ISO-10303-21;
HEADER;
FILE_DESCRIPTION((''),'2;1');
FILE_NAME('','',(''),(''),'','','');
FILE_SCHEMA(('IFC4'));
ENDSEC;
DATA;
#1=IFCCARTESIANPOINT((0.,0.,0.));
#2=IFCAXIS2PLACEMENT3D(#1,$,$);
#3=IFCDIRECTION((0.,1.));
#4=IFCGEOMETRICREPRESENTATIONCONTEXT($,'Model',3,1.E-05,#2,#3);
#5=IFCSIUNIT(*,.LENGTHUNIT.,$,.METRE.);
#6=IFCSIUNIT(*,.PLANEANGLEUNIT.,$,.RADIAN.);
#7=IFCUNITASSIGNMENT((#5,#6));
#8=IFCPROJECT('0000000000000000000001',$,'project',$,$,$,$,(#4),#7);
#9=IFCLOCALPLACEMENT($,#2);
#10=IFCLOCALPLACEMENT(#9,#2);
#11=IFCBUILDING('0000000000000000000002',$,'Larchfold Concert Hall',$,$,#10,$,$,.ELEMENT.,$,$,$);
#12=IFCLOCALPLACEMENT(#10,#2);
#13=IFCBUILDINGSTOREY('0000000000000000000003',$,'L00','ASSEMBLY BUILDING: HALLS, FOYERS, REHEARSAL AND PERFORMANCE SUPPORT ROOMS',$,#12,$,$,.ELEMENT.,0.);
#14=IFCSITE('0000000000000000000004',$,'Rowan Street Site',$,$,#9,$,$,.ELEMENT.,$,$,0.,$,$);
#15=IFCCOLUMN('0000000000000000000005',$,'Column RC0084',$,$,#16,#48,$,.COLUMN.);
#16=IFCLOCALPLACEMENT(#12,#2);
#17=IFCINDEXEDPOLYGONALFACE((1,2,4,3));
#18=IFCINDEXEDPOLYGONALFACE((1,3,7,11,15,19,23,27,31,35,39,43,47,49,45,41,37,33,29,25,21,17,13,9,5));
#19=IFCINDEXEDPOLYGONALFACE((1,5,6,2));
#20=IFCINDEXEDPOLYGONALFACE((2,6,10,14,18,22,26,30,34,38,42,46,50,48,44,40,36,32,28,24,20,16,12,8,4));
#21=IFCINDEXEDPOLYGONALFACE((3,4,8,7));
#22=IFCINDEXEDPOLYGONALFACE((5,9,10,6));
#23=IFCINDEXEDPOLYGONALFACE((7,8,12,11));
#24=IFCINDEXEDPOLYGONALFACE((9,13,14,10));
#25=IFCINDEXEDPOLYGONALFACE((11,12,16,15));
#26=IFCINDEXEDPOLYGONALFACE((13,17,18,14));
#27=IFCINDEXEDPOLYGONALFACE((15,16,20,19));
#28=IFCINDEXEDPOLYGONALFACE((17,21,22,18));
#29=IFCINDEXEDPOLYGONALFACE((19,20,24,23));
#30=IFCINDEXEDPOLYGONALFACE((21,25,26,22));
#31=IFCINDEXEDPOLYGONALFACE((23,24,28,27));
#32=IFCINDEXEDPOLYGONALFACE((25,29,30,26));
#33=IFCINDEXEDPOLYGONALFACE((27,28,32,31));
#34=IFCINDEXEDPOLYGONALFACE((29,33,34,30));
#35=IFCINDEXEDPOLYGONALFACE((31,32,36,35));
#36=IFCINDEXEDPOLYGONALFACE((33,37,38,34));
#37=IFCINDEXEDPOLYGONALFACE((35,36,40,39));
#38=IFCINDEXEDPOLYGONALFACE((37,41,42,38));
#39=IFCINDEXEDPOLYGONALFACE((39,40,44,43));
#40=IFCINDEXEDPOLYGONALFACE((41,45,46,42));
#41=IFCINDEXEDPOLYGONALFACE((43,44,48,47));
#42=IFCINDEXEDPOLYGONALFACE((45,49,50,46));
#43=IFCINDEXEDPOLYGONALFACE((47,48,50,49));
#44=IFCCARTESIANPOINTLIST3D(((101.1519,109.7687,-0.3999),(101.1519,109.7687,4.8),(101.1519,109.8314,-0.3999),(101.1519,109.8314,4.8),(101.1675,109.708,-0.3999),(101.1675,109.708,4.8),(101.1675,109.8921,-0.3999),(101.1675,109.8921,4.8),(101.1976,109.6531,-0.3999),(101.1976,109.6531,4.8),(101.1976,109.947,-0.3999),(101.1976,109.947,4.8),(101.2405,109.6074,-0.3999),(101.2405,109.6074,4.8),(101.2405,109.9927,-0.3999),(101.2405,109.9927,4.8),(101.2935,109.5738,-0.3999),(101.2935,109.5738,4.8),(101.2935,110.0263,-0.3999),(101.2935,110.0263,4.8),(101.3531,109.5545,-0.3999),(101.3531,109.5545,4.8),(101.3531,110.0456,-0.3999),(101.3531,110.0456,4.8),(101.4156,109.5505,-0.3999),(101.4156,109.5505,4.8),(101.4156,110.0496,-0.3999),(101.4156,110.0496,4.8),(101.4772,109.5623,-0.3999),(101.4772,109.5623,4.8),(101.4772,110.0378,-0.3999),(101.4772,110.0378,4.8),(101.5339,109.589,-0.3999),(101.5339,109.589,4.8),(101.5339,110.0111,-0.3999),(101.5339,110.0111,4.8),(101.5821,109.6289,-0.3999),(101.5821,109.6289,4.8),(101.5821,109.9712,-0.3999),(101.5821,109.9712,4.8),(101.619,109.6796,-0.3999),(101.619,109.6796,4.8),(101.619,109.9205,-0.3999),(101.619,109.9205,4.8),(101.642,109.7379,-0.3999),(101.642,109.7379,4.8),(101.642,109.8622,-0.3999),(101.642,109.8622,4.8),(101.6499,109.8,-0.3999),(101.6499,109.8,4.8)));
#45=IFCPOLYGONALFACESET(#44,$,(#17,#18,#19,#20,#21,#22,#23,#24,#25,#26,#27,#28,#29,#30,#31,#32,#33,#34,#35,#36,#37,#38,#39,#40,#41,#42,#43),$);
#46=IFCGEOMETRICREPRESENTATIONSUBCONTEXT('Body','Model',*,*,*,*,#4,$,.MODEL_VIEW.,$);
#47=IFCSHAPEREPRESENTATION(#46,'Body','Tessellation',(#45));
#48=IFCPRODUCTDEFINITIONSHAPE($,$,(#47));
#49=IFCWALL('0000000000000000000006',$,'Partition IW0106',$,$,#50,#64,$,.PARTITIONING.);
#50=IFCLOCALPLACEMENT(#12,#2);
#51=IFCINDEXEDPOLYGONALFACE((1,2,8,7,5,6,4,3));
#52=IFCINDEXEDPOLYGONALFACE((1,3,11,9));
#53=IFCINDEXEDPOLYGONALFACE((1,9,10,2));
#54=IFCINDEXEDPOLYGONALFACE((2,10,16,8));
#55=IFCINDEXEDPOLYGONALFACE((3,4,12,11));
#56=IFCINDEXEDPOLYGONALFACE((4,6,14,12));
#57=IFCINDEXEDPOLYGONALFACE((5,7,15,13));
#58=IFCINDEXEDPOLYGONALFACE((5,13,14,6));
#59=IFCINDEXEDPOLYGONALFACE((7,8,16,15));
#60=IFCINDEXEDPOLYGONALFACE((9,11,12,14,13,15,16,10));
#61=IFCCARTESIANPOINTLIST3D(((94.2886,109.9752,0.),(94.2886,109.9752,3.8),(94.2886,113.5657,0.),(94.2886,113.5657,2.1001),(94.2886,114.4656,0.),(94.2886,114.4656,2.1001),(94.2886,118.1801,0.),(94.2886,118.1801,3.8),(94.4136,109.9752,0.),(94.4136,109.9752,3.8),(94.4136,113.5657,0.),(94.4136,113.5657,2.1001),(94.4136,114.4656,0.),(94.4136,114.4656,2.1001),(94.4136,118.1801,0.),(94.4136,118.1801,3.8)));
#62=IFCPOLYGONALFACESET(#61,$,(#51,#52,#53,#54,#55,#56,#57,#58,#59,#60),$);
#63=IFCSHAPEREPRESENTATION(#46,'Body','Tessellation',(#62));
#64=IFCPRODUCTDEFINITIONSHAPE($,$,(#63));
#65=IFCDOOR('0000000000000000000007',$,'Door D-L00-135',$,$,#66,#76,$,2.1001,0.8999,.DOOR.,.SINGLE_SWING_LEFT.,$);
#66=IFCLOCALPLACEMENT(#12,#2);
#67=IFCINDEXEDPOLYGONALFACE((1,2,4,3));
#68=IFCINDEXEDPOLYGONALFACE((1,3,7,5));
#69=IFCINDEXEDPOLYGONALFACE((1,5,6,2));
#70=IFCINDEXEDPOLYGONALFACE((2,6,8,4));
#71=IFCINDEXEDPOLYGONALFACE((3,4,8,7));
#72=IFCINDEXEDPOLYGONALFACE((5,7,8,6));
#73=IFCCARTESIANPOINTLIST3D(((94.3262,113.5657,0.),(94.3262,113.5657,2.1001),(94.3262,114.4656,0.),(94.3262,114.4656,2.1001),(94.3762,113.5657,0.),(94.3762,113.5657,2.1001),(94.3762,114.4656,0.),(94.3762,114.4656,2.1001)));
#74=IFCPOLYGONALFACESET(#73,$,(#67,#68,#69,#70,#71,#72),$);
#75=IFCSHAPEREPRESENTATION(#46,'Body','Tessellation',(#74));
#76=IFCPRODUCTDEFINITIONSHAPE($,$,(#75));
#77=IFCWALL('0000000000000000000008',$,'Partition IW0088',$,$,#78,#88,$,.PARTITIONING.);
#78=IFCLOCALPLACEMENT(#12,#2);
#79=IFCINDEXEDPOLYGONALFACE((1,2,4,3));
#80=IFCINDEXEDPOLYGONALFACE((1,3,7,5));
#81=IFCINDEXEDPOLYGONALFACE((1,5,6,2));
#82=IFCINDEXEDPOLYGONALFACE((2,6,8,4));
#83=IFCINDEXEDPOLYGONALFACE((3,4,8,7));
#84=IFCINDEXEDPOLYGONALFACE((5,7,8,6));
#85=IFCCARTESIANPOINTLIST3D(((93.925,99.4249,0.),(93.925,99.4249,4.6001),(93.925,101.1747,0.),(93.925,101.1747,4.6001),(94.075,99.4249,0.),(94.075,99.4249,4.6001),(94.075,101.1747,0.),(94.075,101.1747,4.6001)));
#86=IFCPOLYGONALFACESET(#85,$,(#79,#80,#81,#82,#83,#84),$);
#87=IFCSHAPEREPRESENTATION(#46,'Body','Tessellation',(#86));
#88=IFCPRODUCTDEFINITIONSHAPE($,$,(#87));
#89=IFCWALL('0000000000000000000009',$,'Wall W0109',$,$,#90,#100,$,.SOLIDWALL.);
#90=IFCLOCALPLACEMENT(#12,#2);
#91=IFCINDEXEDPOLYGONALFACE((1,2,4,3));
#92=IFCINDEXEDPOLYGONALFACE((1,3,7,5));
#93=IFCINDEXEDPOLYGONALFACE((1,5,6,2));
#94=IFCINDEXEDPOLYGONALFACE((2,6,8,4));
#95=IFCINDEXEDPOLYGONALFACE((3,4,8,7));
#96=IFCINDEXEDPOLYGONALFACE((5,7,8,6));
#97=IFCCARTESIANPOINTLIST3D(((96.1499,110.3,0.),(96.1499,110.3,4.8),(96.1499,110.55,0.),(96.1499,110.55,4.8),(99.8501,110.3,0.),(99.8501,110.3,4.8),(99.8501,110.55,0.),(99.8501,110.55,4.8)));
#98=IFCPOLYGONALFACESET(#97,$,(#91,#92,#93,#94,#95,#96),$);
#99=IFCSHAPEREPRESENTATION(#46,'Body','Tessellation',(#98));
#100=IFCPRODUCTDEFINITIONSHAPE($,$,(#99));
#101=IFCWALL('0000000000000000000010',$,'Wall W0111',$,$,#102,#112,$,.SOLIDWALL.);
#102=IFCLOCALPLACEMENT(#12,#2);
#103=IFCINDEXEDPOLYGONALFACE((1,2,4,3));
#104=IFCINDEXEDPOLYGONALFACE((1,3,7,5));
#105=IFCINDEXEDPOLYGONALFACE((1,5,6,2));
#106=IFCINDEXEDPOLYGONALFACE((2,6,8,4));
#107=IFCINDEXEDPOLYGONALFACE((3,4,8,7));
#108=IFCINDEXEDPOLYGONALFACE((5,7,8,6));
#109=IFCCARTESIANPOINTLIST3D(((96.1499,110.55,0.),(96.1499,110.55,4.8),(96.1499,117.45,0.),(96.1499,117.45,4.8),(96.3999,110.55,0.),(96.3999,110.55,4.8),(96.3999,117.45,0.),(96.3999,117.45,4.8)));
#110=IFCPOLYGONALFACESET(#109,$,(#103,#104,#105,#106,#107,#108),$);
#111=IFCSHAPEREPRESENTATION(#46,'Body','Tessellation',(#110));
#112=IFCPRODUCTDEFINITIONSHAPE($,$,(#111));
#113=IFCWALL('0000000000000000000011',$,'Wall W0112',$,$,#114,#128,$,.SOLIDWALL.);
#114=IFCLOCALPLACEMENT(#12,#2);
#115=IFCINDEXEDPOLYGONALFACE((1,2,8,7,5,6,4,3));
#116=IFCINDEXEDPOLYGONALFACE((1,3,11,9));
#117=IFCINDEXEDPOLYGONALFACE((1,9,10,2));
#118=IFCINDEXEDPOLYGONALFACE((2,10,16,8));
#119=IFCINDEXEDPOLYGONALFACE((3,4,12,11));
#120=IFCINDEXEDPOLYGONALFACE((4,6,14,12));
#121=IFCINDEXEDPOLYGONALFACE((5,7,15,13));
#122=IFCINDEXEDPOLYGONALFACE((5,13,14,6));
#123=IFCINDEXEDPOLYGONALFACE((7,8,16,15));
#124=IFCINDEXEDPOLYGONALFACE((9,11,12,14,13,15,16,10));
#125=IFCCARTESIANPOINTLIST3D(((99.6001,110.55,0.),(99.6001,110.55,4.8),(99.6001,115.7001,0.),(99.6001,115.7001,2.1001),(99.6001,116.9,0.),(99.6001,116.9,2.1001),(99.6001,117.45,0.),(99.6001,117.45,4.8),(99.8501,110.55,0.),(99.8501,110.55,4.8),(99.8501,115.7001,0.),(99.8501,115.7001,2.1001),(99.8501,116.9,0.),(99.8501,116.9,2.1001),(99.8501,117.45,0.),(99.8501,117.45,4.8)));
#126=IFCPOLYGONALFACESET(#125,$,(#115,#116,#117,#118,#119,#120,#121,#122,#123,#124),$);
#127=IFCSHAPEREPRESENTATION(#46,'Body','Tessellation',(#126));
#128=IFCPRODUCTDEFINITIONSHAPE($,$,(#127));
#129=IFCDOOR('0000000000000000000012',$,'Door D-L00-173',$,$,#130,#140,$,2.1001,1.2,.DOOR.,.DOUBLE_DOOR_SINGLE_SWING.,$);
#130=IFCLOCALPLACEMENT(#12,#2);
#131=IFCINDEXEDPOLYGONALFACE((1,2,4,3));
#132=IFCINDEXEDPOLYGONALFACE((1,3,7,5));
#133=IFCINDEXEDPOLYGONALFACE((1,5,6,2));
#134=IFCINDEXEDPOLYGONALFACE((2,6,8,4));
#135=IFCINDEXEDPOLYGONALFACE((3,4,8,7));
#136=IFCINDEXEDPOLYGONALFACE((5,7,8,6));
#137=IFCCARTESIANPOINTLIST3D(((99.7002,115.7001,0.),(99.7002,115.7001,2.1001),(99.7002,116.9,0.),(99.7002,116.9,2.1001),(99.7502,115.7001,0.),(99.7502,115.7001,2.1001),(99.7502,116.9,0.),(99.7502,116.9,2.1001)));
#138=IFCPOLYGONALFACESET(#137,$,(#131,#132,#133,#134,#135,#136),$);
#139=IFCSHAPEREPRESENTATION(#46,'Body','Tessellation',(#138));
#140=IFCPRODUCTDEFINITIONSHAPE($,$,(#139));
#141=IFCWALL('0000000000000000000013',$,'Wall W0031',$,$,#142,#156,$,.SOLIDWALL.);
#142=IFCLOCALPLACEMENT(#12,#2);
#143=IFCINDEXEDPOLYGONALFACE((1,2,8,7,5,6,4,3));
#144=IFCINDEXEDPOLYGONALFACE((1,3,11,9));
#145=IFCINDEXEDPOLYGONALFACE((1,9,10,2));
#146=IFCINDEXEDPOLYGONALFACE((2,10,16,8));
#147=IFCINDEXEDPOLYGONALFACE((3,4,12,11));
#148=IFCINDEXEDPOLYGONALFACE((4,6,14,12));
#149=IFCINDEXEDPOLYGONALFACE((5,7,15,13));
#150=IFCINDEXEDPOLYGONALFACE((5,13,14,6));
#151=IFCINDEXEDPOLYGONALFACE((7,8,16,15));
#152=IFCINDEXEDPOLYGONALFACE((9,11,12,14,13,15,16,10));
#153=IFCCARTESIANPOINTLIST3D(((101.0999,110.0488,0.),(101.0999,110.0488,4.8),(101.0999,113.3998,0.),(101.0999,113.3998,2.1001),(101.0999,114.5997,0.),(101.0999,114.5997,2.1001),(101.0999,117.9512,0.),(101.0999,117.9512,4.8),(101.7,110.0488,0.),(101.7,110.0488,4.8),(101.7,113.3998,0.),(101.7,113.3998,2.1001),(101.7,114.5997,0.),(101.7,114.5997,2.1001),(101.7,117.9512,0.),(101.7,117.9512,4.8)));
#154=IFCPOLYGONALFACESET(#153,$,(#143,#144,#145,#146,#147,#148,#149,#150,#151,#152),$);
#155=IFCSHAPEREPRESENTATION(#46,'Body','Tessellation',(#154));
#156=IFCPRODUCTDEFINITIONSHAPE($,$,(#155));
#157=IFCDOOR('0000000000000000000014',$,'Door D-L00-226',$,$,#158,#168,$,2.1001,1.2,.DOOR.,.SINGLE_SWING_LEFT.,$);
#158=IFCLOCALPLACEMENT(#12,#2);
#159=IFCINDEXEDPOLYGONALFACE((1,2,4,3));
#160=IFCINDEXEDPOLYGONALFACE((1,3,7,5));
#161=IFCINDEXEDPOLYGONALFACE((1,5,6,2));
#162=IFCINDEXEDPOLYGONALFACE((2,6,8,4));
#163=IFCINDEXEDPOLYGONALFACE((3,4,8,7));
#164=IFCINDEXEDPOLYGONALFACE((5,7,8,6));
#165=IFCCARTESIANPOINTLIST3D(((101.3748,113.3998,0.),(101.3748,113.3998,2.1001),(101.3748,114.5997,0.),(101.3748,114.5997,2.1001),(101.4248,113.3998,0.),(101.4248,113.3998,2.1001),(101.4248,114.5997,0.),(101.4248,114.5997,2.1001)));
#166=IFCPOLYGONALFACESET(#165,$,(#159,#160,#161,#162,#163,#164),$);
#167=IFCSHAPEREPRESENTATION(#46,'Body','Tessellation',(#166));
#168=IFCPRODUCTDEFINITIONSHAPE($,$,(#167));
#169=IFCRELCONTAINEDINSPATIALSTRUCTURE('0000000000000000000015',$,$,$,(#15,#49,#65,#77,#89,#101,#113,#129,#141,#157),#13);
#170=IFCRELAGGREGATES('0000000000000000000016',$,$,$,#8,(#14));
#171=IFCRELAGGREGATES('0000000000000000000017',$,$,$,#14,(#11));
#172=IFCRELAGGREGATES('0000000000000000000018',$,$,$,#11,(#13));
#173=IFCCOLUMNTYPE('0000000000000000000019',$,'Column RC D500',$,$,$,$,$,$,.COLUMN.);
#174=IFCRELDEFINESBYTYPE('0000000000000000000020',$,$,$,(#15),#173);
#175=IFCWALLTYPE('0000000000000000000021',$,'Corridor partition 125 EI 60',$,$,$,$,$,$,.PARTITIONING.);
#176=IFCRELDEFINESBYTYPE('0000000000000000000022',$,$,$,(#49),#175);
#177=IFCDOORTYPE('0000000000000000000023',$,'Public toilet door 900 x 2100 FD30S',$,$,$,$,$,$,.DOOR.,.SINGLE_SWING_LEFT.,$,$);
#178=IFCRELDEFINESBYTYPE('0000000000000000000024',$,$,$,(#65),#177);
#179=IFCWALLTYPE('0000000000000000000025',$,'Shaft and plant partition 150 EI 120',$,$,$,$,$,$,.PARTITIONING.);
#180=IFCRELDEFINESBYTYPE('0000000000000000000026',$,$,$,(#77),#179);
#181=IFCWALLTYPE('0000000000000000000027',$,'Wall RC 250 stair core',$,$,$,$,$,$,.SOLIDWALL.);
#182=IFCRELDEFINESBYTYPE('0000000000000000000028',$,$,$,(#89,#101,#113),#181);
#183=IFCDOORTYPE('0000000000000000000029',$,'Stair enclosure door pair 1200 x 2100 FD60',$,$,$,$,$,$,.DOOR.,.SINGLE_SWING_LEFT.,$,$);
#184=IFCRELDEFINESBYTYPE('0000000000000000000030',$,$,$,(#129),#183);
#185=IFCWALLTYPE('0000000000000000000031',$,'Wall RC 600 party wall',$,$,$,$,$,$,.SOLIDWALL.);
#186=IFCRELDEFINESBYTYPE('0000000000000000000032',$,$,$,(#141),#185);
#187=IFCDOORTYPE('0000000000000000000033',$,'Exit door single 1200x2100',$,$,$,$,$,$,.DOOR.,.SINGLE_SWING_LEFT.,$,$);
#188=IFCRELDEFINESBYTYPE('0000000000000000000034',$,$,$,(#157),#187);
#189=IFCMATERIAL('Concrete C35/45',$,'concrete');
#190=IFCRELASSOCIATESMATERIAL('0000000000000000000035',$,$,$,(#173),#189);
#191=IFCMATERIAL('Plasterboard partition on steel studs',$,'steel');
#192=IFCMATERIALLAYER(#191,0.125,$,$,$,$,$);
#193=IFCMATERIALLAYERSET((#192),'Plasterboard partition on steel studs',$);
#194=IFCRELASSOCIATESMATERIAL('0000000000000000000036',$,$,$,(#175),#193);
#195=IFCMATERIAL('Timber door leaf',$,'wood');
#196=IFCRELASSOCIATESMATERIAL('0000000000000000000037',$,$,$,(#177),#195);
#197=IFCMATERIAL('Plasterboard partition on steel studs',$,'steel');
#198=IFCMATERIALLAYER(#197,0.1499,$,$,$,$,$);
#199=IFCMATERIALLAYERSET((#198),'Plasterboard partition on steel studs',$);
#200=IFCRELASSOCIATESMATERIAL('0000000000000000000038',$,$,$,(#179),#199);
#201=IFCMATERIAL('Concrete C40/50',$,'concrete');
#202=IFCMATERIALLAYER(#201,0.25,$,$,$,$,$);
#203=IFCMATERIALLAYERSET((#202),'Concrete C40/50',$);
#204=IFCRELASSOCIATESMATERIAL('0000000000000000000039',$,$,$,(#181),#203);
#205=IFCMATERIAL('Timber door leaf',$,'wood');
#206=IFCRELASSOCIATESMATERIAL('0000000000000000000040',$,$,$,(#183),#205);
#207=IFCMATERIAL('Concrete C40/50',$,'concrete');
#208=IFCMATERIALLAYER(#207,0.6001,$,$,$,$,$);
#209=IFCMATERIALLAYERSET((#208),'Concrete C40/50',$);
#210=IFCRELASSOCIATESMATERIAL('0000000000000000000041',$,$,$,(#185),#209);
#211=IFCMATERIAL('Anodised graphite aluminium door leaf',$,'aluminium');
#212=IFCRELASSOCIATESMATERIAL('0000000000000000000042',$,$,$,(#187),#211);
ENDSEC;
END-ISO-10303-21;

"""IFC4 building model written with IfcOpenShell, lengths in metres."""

from ifc_helpers import new_model, si_unit, direction, frame, frame_2d, origin, origin_2d, place, context, subcontext, project, spatial, rectangle, circle, extrude, material, layer, layer_set, material_profile, profile_set, type_object, element, fill, save


model = new_model("IFC4")

# Units and contexts
model_context = context("Model", 3, precision=1e-05, world=origin(), true_north=direction((0.0, 1.0)))
body_context = subcontext(model_context, "Body", "Model", "MODEL_VIEW")
ifc_project = project(units=[si_unit("LENGTHUNIT", "METRE"), si_unit("PLANEANGLEUNIT", "RADIAN")], contexts=[model_context])

# Site, building, storey
site_placement = place(None, origin())
site = spatial("IfcSite", under=ifc_project, at=site_placement, Name="Rowan Street Site", CompositionType="ELEMENT", RefElevation=0.0)
building_placement = place(site_placement, origin())
building = spatial("IfcBuilding", under=site, at=building_placement, Name="Larchfold Concert Hall", CompositionType="ELEMENT")
storey_placement = place(building_placement, origin())
storey = spatial("IfcBuildingStorey", under=building, at=storey_placement, Name="L00", Description="ASSEMBLY BUILDING: HALLS, FOYERS, REHEARSAL AND PERFORMANCE SUPPORT ROOMS", CompositionType="ELEMENT", Elevation=0.0)

# Column
ifc_material_1 = material(Name="Concrete C35/45", Category="concrete")
ifc_material_profile_1 = material_profile(ifc_material_1, circle(Radius=0.25, at=origin_2d()))
ifc_profile_set_1 = profile_set([ifc_material_profile_1], Name="Concrete C35/45")
column_type_1 = type_object("IfcColumnType", Name="Column RC D500", PredefinedType="COLUMN", material=ifc_profile_set_1)
column_1_placement = place(storey_placement, frame((101.3999, 109.8, -0.3999), z_axis=(0.0, 0.0, 1.0), x_axis=(1.0, 0.0, 0.0)))
element("IfcColumn", 1, at=column_1_placement, inside=storey, type_object=column_type_1, Name="Column RC0084", PredefinedType="COLUMN", context=body_context, shape_type="SweptSolid", body=[
    extrude(circle(Radius=0.25, at=origin_2d()), origin(), (0.0, 0.0, 1.0), 5.2),
])

# Wall, opening, door
ifc_material_2 = material(Name="Plasterboard partition on steel studs", Category="steel")
ifc_layer_1 = layer(ifc_material_2, 0.125)
ifc_layer_set_1 = layer_set([ifc_layer_1], Name="Plasterboard partition on steel studs")
wall_type_1 = type_object("IfcWallType", Name="Corridor partition 125 EI 60", PredefinedType="PARTITIONING", material=ifc_layer_set_1)
wall_1_placement = place(storey_placement, frame((94.3511, 109.9751, 0.0), z_axis=(0.0, 0.0, 1.0), x_axis=(0.0, 1.0, 0.0)))
wall_1 = element("IfcWall", 2, at=wall_1_placement, inside=storey, type_object=wall_type_1, Name="Partition IW0106", PredefinedType="PARTITIONING", context=body_context, shape_type="SweptSolid", body=[
    extrude(rectangle(XDim=8.2048, YDim=0.125, at=frame_2d((4.1025, 0.0))), origin(), (0.0, 0.0, 1.0), 3.8),
])
opening_1_placement = place(wall_1_placement, frame((3.5906, 0.0, 0.0)))
opening_1 = element("IfcOpeningElement", 3, at=opening_1_placement, cuts=wall_1, PredefinedType="OPENING", context=body_context, shape_type="SweptSolid", body=[
    extrude(rectangle(XDim=0.8999, YDim=2.1001, at=frame_2d((0.45, 1.05))), frame((0.0, 0.0725, 0.0), z_axis=(0.0, -1.0, 0.0), x_axis=(1.0, 0.0, 0.0)), (0.0, 0.0, 1.0), 0.145),
])
ifc_material_3 = material(Name="Timber door leaf", Category="wood")
door_type_1 = type_object("IfcDoorType", Name="Public toilet door 900 x 2100 FD30S", OperationType="SINGLE_SWING_LEFT", PredefinedType="DOOR", material=ifc_material_3)
door_1_placement = place(opening_1_placement, origin())
door_1 = element("IfcDoor", 4, at=door_1_placement, inside=storey, type_object=door_type_1, Name="Door D-L00-135", OperationType="SINGLE_SWING_LEFT", OverallHeight=2.1001, OverallWidth=0.8999, PredefinedType="DOOR", context=body_context, shape_type="SweptSolid", body=[
    extrude(rectangle(XDim=0.8999, YDim=2.1001, at=frame_2d((0.45, 1.05))), frame((0.0, 0.0249, 0.0), z_axis=(0.0, -1.0, 0.0), x_axis=(1.0, 0.0, 0.0)), (0.0, 0.0, 1.0), 0.05),
])
fill(opening_1, door_1)

# Walls
ifc_material_4 = material(Name="Plasterboard partition on steel studs", Category="steel")
ifc_layer_2 = layer(ifc_material_4, 0.1499)
ifc_layer_set_2 = layer_set([ifc_layer_2], Name="Plasterboard partition on steel studs")
wall_type_2 = type_object("IfcWallType", Name="Shaft and plant partition 150 EI 120", PredefinedType="PARTITIONING", material=ifc_layer_set_2)
wall_2_placement = place(storey_placement, frame((94.0, 101.1748, 0.0), z_axis=(0.0, 0.0, 1.0), x_axis=(0.0, -1.0, 0.0)))
element("IfcWall", 5, at=wall_2_placement, inside=storey, type_object=wall_type_2, Name="Partition IW0088", PredefinedType="PARTITIONING", context=body_context, shape_type="SweptSolid", body=[
    extrude(rectangle(XDim=1.7498, YDim=0.1499, at=frame_2d((0.875, 0.0))), origin(), (0.0, 0.0, 1.0), 4.6001),
])
ifc_material_5 = material(Name="Concrete C40/50", Category="concrete")
ifc_layer_3 = layer(ifc_material_5, 0.25)
ifc_layer_set_3 = layer_set([ifc_layer_3], Name="Concrete C40/50")
wall_type_3 = type_object("IfcWallType", Name="Wall RC 250 stair core", PredefinedType="SOLIDWALL", material=ifc_layer_set_3)
wall_3_placement = place(storey_placement, frame((96.1499, 110.425, 0.0), z_axis=(0.0, 0.0, 1.0), x_axis=(1.0, 0.0, 0.0)))
element("IfcWall", 6, at=wall_3_placement, inside=storey, type_object=wall_type_3, Name="Wall W0109", PredefinedType="SOLIDWALL", context=body_context, shape_type="SweptSolid", body=[
    extrude(rectangle(XDim=3.7002, YDim=0.25, at=frame_2d((1.8501, 0.0))), origin(), (0.0, 0.0, 1.0), 4.8),
])
wall_4_placement = place(storey_placement, frame((96.2749, 110.55, 0.0), z_axis=(0.0, 0.0, 1.0), x_axis=(0.0, 1.0, 0.0)))
element("IfcWall", 7, at=wall_4_placement, inside=storey, type_object=wall_type_3, Name="Wall W0111", PredefinedType="SOLIDWALL", context=body_context, shape_type="SweptSolid", body=[
    extrude(rectangle(XDim=6.8999, YDim=0.25, at=frame_2d((3.45, 0.0))), origin(), (0.0, 0.0, 1.0), 4.8),
])

# Walls, openings, doors
wall_5_placement = place(storey_placement, frame((99.7251, 110.55, 0.0), z_axis=(0.0, 0.0, 1.0), x_axis=(0.0, 1.0, 0.0)))
wall_5 = element("IfcWall", 8, at=wall_5_placement, inside=storey, type_object=wall_type_3, Name="Wall W0112", PredefinedType="SOLIDWALL", context=body_context, shape_type="SweptSolid", body=[
    extrude(rectangle(XDim=6.8999, YDim=0.25, at=frame_2d((3.45, 0.0))), origin(), (0.0, 0.0, 1.0), 4.8),
])
opening_2_placement = place(wall_5_placement, frame((5.1499, 0.0, 0.0)))
opening_2 = element("IfcOpeningElement", 9, at=opening_2_placement, cuts=wall_5, PredefinedType="OPENING", context=body_context, shape_type="SweptSolid", body=[
    extrude(rectangle(XDim=1.2, YDim=2.1001, at=frame_2d((0.6001, 1.05))), frame((0.0, 0.135, 0.0), z_axis=(0.0, -1.0, 0.0), x_axis=(1.0, 0.0, 0.0)), (0.0, 0.0, 1.0), 0.27),
])
ifc_material_6 = material(Name="Timber door leaf", Category="wood")
door_type_2 = type_object("IfcDoorType", Name="Stair enclosure door pair 1200 x 2100 FD60", OperationType="SINGLE_SWING_LEFT", PredefinedType="DOOR", material=ifc_material_6)
door_2_placement = place(opening_2_placement, origin())
door_2 = element("IfcDoor", 10, at=door_2_placement, inside=storey, type_object=door_type_2, Name="Door D-L00-173", OperationType="DOUBLE_DOOR_SINGLE_SWING", OverallHeight=2.1001, OverallWidth=1.2, PredefinedType="DOOR", context=body_context, shape_type="SweptSolid", body=[
    extrude(rectangle(XDim=1.2, YDim=2.1001, at=frame_2d((0.6001, 1.05))), frame((0.0, 0.0249, 0.0), z_axis=(0.0, -1.0, 0.0), x_axis=(1.0, 0.0, 0.0)), (0.0, 0.0, 1.0), 0.05),
])
fill(opening_2, door_2)
ifc_material_7 = material(Name="Concrete C40/50", Category="concrete")
ifc_layer_4 = layer(ifc_material_7, 0.6001)
ifc_layer_set_4 = layer_set([ifc_layer_4], Name="Concrete C40/50")
wall_type_4 = type_object("IfcWallType", Name="Wall RC 600 party wall", PredefinedType="SOLIDWALL", material=ifc_layer_set_4)
wall_6_placement = place(storey_placement, frame((101.3999, 110.0488, 0.0), z_axis=(0.0, 0.0, 1.0), x_axis=(0.0, 1.0, 0.0)))
wall_6 = element("IfcWall", 11, at=wall_6_placement, inside=storey, type_object=wall_type_4, Name="Wall W0031", PredefinedType="SOLIDWALL", context=body_context, shape_type="SweptSolid", body=[
    extrude(rectangle(XDim=7.9023, YDim=0.6001, at=frame_2d((3.9512, 0.0))), origin(), (0.0, 0.0, 1.0), 4.8),
])
opening_3_placement = place(wall_6_placement, frame((4.551, 0.0, 0.0), z_axis=(0.0, 0.0, 1.0), x_axis=(-1.0, 0.0, 0.0)))
opening_3 = element("IfcOpeningElement", 12, at=opening_3_placement, cuts=wall_6, PredefinedType="OPENING", context=body_context, shape_type="SweptSolid", body=[
    extrude(rectangle(XDim=1.2, YDim=2.1001, at=frame_2d((0.6001, 1.05))), frame((0.0, 0.3101, 0.0), z_axis=(0.0, -1.0, 0.0), x_axis=(1.0, 0.0, 0.0)), (0.0, 0.0, 1.0), 0.6201),
])
ifc_material_8 = material(Name="Anodised graphite aluminium door leaf", Category="aluminium")
door_type_3 = type_object("IfcDoorType", Name="Exit door single 1200x2100", OperationType="SINGLE_SWING_LEFT", PredefinedType="DOOR", material=ifc_material_8)
door_3_placement = place(opening_3_placement, origin())
door_3 = element("IfcDoor", 13, at=door_3_placement, inside=storey, type_object=door_type_3, Name="Door D-L00-226", OperationType="SINGLE_SWING_LEFT", OverallHeight=2.1001, OverallWidth=1.2, PredefinedType="DOOR", context=body_context, shape_type="SweptSolid", body=[
    extrude(rectangle(XDim=1.2, YDim=2.1001, at=frame_2d((0.6001, 1.05))), frame((0.0, 0.0249, 0.0), z_axis=(0.0, -1.0, 0.0), x_axis=(1.0, 0.0, 0.0)), (0.0, 0.0, 1.0), 0.05),
])
fill(opening_3, door_3)

save(model, "model.ifc")
